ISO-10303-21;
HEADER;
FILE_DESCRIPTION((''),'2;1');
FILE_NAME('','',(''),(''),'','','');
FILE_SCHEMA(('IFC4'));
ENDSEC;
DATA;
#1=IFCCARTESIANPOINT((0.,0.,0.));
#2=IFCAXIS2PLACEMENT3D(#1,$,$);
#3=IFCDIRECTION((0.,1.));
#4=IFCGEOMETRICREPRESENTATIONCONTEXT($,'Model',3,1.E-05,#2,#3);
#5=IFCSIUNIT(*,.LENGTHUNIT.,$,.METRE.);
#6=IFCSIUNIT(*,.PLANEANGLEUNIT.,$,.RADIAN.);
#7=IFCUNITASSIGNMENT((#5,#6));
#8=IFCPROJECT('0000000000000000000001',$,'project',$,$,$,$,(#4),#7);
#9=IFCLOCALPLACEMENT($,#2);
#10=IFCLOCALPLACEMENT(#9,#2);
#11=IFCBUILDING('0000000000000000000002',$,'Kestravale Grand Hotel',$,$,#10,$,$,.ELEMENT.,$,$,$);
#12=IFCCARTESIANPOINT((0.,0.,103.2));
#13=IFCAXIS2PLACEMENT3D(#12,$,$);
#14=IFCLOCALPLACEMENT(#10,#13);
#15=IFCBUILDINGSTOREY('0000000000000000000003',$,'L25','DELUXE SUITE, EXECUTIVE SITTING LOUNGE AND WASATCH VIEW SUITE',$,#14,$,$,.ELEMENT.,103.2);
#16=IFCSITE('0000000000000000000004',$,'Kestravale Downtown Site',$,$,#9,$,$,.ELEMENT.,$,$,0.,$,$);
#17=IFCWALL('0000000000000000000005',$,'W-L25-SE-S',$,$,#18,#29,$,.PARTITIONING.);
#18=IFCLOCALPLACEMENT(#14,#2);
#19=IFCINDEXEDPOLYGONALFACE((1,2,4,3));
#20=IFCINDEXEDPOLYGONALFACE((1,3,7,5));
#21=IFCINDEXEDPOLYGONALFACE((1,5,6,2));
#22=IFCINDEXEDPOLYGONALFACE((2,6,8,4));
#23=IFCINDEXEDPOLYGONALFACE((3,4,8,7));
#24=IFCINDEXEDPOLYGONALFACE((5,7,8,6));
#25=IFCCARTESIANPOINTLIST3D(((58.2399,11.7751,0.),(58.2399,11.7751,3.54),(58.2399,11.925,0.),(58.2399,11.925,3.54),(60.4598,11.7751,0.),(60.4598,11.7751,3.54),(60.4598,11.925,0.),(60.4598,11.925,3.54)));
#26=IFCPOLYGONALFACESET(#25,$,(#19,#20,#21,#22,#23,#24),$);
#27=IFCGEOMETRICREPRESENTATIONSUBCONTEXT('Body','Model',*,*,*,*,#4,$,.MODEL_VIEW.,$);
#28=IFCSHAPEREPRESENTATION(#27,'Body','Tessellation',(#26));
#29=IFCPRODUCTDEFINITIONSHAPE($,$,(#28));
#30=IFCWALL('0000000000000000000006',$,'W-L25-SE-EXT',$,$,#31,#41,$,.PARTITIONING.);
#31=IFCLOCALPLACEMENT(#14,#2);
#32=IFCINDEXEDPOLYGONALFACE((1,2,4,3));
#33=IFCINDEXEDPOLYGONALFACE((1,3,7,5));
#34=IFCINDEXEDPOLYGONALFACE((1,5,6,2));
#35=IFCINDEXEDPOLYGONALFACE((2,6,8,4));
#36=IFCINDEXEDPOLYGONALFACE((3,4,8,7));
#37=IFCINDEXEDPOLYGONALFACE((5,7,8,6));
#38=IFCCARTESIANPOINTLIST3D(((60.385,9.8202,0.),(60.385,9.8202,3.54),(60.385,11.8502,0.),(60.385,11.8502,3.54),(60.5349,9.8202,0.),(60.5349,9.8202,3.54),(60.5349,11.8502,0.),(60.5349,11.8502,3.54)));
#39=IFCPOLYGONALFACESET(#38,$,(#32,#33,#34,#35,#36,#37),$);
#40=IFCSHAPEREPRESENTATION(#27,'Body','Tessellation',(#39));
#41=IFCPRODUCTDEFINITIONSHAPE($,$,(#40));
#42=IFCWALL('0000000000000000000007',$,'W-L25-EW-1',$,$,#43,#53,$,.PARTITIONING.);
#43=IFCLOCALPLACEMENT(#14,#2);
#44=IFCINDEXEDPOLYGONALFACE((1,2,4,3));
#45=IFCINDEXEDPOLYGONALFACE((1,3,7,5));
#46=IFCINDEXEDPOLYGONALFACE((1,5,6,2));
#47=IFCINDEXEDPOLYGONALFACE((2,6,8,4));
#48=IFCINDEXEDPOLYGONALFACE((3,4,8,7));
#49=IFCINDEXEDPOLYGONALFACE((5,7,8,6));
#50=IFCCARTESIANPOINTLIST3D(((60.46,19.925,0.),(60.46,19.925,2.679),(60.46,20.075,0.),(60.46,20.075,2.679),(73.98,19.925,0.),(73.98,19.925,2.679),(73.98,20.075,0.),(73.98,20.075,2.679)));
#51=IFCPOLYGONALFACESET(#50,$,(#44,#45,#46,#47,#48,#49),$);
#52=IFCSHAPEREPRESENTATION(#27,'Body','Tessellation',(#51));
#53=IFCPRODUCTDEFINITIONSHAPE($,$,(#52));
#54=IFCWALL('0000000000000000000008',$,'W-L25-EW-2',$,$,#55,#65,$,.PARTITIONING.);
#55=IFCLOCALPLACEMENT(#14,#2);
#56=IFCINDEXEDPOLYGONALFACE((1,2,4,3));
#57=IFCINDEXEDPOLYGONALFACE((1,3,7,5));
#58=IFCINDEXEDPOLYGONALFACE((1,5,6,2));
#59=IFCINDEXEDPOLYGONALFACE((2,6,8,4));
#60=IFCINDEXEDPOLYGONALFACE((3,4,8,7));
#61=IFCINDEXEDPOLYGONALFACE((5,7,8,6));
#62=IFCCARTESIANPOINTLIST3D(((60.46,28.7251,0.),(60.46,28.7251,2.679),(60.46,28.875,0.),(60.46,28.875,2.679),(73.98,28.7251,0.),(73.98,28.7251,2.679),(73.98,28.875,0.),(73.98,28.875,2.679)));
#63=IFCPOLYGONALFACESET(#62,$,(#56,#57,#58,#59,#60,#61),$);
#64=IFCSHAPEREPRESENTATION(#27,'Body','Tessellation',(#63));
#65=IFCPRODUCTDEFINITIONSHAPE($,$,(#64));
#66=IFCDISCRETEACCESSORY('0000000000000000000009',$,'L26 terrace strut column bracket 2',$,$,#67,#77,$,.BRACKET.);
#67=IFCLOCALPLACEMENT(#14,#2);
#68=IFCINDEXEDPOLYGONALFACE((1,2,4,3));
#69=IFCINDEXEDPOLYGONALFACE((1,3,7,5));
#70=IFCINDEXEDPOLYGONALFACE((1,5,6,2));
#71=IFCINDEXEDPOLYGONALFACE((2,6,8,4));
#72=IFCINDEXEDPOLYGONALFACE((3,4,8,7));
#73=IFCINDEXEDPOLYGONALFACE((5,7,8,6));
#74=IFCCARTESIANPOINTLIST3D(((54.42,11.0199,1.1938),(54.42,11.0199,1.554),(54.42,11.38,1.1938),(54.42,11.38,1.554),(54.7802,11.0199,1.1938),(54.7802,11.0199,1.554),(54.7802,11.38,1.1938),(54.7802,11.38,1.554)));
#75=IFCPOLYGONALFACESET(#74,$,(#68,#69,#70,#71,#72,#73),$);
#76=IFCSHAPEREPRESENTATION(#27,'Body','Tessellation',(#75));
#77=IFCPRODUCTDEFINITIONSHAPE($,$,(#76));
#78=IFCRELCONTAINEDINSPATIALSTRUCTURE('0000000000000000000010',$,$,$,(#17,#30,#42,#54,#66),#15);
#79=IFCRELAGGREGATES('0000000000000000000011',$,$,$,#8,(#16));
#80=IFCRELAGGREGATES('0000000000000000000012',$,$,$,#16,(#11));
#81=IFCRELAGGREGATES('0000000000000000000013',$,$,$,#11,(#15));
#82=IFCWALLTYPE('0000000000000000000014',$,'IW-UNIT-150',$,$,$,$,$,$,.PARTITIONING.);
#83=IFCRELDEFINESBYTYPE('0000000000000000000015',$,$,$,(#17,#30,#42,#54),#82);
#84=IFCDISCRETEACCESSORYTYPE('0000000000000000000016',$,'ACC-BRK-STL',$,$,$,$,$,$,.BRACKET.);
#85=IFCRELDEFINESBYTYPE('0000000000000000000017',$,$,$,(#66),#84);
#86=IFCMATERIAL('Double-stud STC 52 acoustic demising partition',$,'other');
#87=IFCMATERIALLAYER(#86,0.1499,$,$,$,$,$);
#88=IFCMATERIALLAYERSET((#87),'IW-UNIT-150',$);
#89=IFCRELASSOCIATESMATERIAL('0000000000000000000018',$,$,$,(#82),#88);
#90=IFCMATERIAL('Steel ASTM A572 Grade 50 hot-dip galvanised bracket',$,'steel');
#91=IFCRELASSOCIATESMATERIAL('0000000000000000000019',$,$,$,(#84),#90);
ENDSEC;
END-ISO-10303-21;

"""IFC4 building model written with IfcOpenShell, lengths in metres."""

from ifc_helpers import new_model, si_unit, direction, frame, frame_2d, origin, origin_2d, place, context, subcontext, project, spatial, rectangle, extrude, material, layer, layer_set, type_object, element, save


model = new_model("IFC4")

# Units and contexts
model_context = context("Model", 3, precision=1e-05, world=origin(), true_north=direction((0.0, 1.0)))
body_context = subcontext(model_context, "Body", "Model", "MODEL_VIEW")
ifc_project = project(units=[si_unit("LENGTHUNIT", "METRE"), si_unit("PLANEANGLEUNIT", "RADIAN")], contexts=[model_context])

# Site, building, storey
site_placement = place(None, origin())
site = spatial("IfcSite", under=ifc_project, at=site_placement, Name="Kestravale Downtown Site", CompositionType="ELEMENT", RefElevation=0.0)
building_placement = place(site_placement, origin())
building = spatial("IfcBuilding", under=site, at=building_placement, Name="Kestravale Grand Hotel", CompositionType="ELEMENT")
storey_placement = place(building_placement, frame((0.0, 0.0, 103.2)))
storey = spatial("IfcBuildingStorey", under=building, at=storey_placement, Name="L25", Description="DELUXE SUITE, EXECUTIVE SITTING LOUNGE AND WASATCH VIEW SUITE", CompositionType="ELEMENT", Elevation=103.2)

# Walls
ifc_material_1 = material(Name="Double-stud STC 52 acoustic demising partition", Category="other")
ifc_layer_1 = layer(ifc_material_1, 0.1499)
ifc_layer_set_1 = layer_set([ifc_layer_1], Name="IW-UNIT-150")
wall_type_1 = type_object("IfcWallType", Name="IW-UNIT-150", PredefinedType="PARTITIONING", material=ifc_layer_set_1)
wall_1_placement = place(storey_placement, frame((58.24, 11.8501, 0.0), z_axis=(0.0, 0.0, 1.0), x_axis=(1.0, 0.0, 0.0)))
element("IfcWall", 1, at=wall_1_placement, inside=storey, type_object=wall_type_1, Name="W-L25-SE-S", PredefinedType="PARTITIONING", context=body_context, shape_type="SweptSolid", body=[
    extrude(rectangle(XDim=2.22, YDim=0.1499, at=frame_2d((1.1099, 0.0))), origin(), (0.0, 0.0, 1.0), 3.54),
])
wall_2_placement = place(storey_placement, frame((60.46, 9.8201, 0.0), z_axis=(0.0, 0.0, 1.0), x_axis=(0.0, 1.0, 0.0)))
element("IfcWall", 2, at=wall_2_placement, inside=storey, type_object=wall_type_1, Name="W-L25-SE-EXT", PredefinedType="PARTITIONING", context=body_context, shape_type="SweptSolid", body=[
    extrude(rectangle(XDim=2.03, YDim=0.1499, at=frame_2d((1.0151, 0.0))), origin(), (0.0, 0.0, 1.0), 3.54),
])
for number, where, z_axis, x_axis, name in (
    (3, (60.46, 20.0, 0.0), (0.0, 0.0, 1.0), (1.0, 0.0, 0.0), "W-L25-EW-1"),
    (4, (60.46, 28.8, 0.0), (0.0, 0.0, 1.0), (1.0, 0.0, 0.0), "W-L25-EW-2"),
):
    element("IfcWall", number, at=place(storey_placement, frame(where, z_axis=z_axis, x_axis=x_axis)), inside=storey, type_object=wall_type_1, Name=name, PredefinedType="PARTITIONING", context=body_context, shape_type="SweptSolid", body=[
        extrude(rectangle(XDim=13.52, YDim=0.1499, at=frame_2d((6.76, 0.0))), origin(), (0.0, 0.0, 1.0), 2.679),
    ])

# Discrete accessory
ifc_material_2 = material(Name="Steel ASTM A572 Grade 50 hot-dip galvanised bracket", Category="steel")
discrete_accessory_type = type_object("IfcDiscreteAccessoryType", Name="ACC-BRK-STL", PredefinedType="BRACKET", material=ifc_material_2)
discrete_accessory_placement = place(storey_placement, frame((54.6001, 11.2, 1.1938), z_axis=(0.0, 0.0, 1.0), x_axis=(1.0, 0.0, 0.0)))
element("IfcDiscreteAccessory", 5, at=discrete_accessory_placement, inside=storey, type_object=discrete_accessory_type, Name="L26 terrace strut column bracket 2", PredefinedType="BRACKET", context=body_context, shape_type="SweptSolid", body=[
    extrude(rectangle(XDim=0.3601, YDim=0.3601, at=origin_2d()), origin(), (0.0, 0.0, 1.0), 0.3601),
])

save(model, "model.ifc")
